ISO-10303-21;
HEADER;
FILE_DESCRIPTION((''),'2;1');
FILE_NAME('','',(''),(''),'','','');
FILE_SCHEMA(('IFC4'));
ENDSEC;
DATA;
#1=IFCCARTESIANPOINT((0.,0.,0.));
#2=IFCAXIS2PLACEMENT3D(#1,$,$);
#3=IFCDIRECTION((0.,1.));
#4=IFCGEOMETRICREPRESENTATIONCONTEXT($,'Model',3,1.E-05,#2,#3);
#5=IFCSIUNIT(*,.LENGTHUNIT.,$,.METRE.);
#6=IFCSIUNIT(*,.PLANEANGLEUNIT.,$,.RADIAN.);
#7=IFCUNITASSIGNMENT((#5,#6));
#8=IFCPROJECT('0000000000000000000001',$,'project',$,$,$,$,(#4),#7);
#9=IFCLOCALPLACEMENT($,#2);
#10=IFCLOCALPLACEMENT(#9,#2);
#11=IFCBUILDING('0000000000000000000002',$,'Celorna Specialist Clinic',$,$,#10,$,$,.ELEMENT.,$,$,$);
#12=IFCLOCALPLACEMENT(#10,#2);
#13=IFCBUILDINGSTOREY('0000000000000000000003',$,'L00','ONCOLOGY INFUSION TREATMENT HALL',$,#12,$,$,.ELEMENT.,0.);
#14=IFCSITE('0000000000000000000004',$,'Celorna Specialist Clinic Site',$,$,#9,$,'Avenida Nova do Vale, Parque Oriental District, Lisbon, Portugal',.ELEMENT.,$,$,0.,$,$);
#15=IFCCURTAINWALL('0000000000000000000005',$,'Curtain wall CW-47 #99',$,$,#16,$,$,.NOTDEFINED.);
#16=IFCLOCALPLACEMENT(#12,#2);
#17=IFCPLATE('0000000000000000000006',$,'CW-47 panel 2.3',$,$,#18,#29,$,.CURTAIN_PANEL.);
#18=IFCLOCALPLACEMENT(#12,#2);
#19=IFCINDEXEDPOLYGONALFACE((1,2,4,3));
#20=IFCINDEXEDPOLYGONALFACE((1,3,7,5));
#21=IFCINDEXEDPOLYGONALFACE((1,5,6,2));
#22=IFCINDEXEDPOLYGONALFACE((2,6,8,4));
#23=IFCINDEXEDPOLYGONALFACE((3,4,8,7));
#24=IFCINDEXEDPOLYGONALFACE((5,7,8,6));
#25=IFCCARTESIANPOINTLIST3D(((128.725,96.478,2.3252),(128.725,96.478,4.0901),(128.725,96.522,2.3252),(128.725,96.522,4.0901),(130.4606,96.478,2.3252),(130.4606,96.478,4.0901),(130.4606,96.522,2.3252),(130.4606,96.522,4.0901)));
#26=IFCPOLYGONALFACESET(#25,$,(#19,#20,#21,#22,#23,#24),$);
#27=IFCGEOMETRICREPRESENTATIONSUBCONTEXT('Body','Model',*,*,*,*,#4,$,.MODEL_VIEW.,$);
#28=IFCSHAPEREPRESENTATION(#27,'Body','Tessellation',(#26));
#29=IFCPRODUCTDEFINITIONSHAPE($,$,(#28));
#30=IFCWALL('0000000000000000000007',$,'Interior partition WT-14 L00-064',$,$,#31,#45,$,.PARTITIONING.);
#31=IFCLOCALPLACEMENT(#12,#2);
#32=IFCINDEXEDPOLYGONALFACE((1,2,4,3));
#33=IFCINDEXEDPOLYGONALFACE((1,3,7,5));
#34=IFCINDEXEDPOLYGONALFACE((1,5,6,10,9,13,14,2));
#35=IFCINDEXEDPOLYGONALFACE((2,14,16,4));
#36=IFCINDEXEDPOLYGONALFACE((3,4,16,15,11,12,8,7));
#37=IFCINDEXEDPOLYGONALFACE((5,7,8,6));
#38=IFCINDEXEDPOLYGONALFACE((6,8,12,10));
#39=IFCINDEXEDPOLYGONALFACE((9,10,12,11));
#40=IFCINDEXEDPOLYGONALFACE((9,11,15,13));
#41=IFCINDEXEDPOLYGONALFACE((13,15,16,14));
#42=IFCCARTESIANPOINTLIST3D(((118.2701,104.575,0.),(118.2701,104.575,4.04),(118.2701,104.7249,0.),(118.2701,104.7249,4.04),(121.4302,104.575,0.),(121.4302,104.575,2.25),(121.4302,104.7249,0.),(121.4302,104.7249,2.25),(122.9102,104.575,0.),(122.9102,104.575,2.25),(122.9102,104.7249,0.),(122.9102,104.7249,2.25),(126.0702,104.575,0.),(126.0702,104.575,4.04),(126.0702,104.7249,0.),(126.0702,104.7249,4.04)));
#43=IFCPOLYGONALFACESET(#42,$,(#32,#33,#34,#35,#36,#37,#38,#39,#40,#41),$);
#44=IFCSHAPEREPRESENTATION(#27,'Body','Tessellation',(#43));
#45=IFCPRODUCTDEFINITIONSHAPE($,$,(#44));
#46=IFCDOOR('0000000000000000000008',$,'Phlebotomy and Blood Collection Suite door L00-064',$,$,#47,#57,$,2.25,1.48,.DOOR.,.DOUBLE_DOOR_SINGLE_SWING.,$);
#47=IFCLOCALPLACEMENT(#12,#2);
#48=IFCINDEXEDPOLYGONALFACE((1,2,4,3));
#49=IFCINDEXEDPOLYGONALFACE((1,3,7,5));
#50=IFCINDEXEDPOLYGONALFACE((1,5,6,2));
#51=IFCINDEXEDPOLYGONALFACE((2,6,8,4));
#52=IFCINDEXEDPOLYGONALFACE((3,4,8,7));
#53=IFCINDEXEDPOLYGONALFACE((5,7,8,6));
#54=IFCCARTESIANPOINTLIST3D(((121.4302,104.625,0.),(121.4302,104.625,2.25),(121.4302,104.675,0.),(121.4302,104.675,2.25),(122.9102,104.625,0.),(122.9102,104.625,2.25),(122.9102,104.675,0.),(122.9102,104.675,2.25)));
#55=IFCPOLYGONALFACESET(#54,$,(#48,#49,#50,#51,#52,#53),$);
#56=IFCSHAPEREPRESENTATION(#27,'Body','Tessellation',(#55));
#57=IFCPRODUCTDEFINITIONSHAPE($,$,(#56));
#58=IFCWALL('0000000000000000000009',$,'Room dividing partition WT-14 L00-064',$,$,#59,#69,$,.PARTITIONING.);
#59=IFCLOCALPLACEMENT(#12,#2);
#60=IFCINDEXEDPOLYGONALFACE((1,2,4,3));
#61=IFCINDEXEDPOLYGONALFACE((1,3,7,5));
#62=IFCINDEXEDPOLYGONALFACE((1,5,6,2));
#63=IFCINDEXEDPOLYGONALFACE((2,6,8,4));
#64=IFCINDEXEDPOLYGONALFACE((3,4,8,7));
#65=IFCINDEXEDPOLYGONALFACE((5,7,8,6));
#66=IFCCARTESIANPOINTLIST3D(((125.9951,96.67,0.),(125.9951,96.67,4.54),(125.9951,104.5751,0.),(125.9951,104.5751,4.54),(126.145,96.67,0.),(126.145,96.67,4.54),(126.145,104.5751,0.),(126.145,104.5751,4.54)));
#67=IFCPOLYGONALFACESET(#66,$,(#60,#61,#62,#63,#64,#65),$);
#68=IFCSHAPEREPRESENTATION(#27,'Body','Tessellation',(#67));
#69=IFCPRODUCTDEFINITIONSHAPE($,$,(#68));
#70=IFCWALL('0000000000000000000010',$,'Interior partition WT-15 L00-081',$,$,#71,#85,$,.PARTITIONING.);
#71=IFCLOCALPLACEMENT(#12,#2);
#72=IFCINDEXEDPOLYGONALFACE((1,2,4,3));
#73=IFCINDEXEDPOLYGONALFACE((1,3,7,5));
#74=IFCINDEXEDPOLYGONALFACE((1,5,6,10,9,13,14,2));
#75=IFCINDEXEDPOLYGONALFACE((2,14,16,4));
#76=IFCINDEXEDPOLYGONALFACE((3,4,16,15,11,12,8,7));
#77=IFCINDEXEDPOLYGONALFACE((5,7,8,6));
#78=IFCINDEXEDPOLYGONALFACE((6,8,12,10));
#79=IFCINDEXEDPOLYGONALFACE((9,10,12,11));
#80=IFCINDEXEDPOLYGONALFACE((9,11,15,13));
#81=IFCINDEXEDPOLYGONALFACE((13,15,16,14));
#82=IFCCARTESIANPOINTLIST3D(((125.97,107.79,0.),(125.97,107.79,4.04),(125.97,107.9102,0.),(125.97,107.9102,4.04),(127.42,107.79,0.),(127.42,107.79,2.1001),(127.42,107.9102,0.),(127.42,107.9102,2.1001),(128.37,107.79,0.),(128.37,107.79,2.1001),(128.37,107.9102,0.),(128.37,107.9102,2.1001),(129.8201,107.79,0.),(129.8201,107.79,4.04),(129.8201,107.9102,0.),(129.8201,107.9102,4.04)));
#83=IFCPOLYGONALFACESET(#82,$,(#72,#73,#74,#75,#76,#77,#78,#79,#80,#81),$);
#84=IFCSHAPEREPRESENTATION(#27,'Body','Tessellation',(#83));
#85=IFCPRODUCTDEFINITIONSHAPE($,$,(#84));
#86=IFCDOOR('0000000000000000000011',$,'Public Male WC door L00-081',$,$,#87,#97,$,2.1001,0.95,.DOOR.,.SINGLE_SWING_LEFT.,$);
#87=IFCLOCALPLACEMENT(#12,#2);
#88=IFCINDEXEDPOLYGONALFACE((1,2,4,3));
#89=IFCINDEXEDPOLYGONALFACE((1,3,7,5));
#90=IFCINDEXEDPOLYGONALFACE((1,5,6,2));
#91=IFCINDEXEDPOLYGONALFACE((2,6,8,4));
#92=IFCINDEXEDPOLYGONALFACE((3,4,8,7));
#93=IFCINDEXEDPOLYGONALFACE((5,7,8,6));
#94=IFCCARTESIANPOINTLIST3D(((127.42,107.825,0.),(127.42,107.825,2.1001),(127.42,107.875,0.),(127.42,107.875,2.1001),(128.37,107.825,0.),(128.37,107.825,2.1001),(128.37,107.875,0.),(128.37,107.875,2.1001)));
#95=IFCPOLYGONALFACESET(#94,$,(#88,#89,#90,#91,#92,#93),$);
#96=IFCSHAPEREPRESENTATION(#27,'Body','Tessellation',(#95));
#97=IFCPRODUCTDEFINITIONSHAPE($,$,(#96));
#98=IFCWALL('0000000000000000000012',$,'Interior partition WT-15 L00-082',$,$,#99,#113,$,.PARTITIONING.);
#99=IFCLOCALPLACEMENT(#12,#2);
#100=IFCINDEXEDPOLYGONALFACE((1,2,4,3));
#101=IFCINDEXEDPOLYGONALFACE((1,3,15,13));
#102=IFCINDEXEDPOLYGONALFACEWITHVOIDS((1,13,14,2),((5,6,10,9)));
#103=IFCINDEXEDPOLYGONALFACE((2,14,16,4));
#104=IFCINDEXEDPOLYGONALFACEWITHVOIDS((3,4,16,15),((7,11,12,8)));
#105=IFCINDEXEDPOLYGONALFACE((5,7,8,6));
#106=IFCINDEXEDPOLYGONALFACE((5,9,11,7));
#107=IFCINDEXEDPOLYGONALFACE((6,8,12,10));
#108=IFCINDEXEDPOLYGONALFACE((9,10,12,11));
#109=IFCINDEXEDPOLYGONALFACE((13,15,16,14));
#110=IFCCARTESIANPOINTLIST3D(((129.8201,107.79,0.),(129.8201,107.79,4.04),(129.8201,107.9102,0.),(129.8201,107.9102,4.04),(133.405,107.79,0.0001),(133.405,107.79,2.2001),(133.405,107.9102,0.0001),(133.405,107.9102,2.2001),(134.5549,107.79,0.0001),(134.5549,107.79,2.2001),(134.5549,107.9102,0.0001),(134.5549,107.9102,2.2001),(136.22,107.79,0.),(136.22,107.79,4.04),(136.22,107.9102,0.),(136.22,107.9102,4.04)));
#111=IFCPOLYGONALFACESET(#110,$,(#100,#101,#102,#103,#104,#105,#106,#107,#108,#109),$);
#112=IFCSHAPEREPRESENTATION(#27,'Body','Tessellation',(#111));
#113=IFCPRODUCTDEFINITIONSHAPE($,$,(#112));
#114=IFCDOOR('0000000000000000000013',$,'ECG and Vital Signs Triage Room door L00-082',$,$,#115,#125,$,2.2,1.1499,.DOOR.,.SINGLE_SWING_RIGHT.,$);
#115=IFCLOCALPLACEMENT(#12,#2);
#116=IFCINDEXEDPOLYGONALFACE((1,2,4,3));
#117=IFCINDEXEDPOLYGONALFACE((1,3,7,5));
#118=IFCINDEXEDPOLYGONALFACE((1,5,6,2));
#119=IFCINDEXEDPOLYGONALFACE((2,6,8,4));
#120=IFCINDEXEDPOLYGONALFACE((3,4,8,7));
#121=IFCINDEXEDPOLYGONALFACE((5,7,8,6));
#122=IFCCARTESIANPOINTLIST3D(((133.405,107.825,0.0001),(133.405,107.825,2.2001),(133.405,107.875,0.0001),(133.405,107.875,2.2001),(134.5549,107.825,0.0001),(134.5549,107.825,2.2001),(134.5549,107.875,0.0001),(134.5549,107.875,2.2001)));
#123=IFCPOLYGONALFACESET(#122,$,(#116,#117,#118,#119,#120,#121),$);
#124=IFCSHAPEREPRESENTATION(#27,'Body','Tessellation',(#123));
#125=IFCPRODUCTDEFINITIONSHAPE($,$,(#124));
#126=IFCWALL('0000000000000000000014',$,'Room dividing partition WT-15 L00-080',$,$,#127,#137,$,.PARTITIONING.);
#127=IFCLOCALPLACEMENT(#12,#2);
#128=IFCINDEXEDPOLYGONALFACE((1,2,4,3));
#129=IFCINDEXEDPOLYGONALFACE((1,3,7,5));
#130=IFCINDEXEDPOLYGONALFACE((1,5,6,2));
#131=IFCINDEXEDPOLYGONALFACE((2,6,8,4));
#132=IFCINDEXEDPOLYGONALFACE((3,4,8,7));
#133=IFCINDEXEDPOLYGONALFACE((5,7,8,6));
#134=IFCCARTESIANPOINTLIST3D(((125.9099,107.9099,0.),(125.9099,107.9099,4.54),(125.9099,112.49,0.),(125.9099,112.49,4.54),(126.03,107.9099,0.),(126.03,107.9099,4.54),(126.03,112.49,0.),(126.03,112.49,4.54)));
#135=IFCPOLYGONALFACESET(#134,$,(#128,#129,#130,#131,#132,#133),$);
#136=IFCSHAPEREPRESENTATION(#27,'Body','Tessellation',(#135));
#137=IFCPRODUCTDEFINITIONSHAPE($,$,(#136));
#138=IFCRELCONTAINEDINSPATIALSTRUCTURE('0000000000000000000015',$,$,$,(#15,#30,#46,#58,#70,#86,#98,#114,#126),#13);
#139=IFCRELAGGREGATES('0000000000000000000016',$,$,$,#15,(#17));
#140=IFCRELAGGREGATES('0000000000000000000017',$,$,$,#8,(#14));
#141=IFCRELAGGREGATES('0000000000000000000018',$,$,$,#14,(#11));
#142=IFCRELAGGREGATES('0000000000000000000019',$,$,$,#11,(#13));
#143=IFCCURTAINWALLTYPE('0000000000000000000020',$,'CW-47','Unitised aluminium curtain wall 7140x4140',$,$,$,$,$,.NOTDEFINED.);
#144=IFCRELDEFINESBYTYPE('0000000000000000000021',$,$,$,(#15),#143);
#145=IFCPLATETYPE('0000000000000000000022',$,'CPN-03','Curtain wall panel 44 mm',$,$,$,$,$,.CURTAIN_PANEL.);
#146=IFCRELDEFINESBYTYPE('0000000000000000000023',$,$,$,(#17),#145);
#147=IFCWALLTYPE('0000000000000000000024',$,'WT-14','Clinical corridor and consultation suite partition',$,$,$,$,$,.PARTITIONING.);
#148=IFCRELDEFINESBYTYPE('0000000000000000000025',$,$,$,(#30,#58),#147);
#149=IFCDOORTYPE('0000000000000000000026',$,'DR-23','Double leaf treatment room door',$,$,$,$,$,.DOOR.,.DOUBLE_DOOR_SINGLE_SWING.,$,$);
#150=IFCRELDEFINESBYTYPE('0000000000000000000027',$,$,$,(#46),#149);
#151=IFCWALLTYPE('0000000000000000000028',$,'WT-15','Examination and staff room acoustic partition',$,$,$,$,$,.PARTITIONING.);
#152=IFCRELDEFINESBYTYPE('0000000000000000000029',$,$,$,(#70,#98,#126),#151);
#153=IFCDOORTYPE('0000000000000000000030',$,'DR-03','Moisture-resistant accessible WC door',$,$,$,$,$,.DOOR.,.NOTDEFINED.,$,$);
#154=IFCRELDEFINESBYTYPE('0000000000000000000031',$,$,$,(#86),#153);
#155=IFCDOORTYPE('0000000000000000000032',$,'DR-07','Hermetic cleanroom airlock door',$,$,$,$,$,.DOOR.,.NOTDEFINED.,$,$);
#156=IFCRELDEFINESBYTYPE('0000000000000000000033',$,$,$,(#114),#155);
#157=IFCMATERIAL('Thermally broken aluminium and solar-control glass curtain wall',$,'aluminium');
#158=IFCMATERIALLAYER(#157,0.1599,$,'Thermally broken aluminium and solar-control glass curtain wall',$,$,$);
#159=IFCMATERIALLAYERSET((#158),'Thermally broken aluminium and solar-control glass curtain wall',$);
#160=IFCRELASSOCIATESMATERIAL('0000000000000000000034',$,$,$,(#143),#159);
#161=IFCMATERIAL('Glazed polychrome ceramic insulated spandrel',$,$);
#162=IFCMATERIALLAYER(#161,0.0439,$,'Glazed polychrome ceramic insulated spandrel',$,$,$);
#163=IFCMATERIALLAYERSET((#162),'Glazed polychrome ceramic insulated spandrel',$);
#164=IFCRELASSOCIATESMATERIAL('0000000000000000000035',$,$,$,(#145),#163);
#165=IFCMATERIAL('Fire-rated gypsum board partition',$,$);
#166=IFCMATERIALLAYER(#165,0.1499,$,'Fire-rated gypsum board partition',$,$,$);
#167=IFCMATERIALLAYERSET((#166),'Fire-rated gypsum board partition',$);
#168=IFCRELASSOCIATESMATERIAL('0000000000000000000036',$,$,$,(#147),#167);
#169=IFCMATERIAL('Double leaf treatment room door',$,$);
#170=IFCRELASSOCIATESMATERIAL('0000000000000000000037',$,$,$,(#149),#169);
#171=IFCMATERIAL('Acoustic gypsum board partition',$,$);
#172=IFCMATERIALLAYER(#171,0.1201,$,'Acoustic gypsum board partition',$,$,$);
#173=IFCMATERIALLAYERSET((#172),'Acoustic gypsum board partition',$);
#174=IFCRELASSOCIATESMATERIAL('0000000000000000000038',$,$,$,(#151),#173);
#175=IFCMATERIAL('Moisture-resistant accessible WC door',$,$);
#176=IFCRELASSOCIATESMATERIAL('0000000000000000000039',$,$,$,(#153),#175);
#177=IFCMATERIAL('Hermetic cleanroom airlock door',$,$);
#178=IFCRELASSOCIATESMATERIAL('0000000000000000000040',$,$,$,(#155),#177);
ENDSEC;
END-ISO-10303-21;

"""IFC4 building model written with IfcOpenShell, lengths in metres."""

from ifc_helpers import new_model, si_unit, direction, frame, frame_2d, origin, origin_2d, place, context, subcontext, project, spatial, rectangle, extrude, material, layer, layer_set, type_object, element, fill, aggregate, save


model = new_model("IFC4")

# Units and contexts
model_context = context("Model", 3, precision=1e-05, world=origin(), true_north=direction((0.0, 1.0)))
body_context = subcontext(model_context, "Body", "Model", "MODEL_VIEW")
ifc_project = project(units=[si_unit("LENGTHUNIT", "METRE"), si_unit("PLANEANGLEUNIT", "RADIAN")], contexts=[model_context])

# Site, building, storey
site_placement = place(None, origin())
site = spatial("IfcSite", under=ifc_project, at=site_placement, Name="Celorna Specialist Clinic Site", LongName="Avenida Nova do Vale, Parque Oriental District, Lisbon, Portugal", CompositionType="ELEMENT", RefElevation=0.0)
building_placement = place(site_placement, origin())
building = spatial("IfcBuilding", under=site, at=building_placement, Name="Celorna Specialist Clinic", CompositionType="ELEMENT")
storey_placement = place(building_placement, origin())
storey = spatial("IfcBuildingStorey", under=building, at=storey_placement, Name="L00", Description="ONCOLOGY INFUSION TREATMENT HALL", CompositionType="ELEMENT", Elevation=0.0)

# Curtain wall, plate
ifc_material_1 = material(Name="Thermally broken aluminium and solar-control glass curtain wall", Category="aluminium")
ifc_layer_1 = layer(ifc_material_1, 0.1599, Name="Thermally broken aluminium and solar-control glass curtain wall")
ifc_layer_set_1 = layer_set([ifc_layer_1], Name="Thermally broken aluminium and solar-control glass curtain wall")
curtain_wall_type = type_object("IfcCurtainWallType", Name="CW-47", Description="Unitised aluminium curtain wall 7140x4140", PredefinedType="NOTDEFINED", material=ifc_layer_set_1)
curtain_wall_placement = place(storey_placement, origin())
curtain_wall = element("IfcCurtainWall", 1, at=curtain_wall_placement, inside=storey, type_object=curtain_wall_type, Name="Curtain wall CW-47 #99", PredefinedType="NOTDEFINED")
ifc_material_2 = material(Name="Glazed polychrome ceramic insulated spandrel")
ifc_layer_2 = layer(ifc_material_2, 0.0439, Name="Glazed polychrome ceramic insulated spandrel")
ifc_layer_set_2 = layer_set([ifc_layer_2], Name="Glazed polychrome ceramic insulated spandrel")
plate_type = type_object("IfcPlateType", Name="CPN-03", Description="Curtain wall panel 44 mm", PredefinedType="CURTAIN_PANEL", material=ifc_layer_set_2)
plate_1_placement = place(storey_placement, frame((129.5928, 96.5, 2.3252), z_axis=(0.0, 0.0, 1.0), x_axis=(-1.0, 0.0, 0.0)))
plate_1 = element("IfcPlate", 2, at=plate_1_placement, type_object=plate_type, Name="CW-47 panel 2.3", PredefinedType="CURTAIN_PANEL", context=body_context, shape_type="SweptSolid", body=[
    extrude(rectangle(XDim=1.7356, YDim=0.0439, at=origin_2d()), origin(), (0.0, 0.0, 1.0), 1.7649),
])
aggregate(curtain_wall, [plate_1])

# Wall, opening, door
ifc_material_3 = material(Name="Fire-rated gypsum board partition")
ifc_layer_3 = layer(ifc_material_3, 0.1499, Name="Fire-rated gypsum board partition")
ifc_layer_set_3 = layer_set([ifc_layer_3], Name="Fire-rated gypsum board partition")
wall_type_1 = type_object("IfcWallType", Name="WT-14", Description="Clinical corridor and consultation suite partition", PredefinedType="PARTITIONING", material=ifc_layer_set_3)
wall_1_placement = place(storey_placement, frame((126.0701, 104.6499, 0.0), z_axis=(0.0, 0.0, 1.0), x_axis=(-1.0, 0.0, 0.0)))
wall_1 = element("IfcWall", 3, at=wall_1_placement, inside=storey, type_object=wall_type_1, Name="Interior partition WT-14 L00-064", PredefinedType="PARTITIONING", context=body_context, shape_type="SweptSolid", body=[
    extrude(rectangle(XDim=7.8, YDim=0.1499, at=frame_2d((3.8999, 0.0))), origin(), (0.0, 0.0, 1.0), 4.04),
])
opening_1_placement = place(wall_1_placement, frame((3.1599, 0.0, 0.0)))
opening_1 = element("IfcOpeningElement", 4, at=opening_1_placement, cuts=wall_1, PredefinedType="OPENING", context=body_context, shape_type="SweptSolid", body=[
    extrude(rectangle(XDim=1.48, YDim=2.25, at=frame_2d((0.74, 1.125))), frame((0.0, 0.085, 0.0), z_axis=(0.0, -1.0, 0.0), x_axis=(1.0, 0.0, 0.0)), (0.0, 0.0, 1.0), 0.1699),
])
ifc_material_4 = material(Name="Double leaf treatment room door")
door_type_1 = type_object("IfcDoorType", Name="DR-23", Description="Double leaf treatment room door", OperationType="DOUBLE_DOOR_SINGLE_SWING", PredefinedType="DOOR", material=ifc_material_4)
door_1_placement = place(opening_1_placement, origin())
door_1 = element("IfcDoor", 5, at=door_1_placement, inside=storey, type_object=door_type_1, Name="Phlebotomy and Blood Collection Suite door L00-064", OperationType="DOUBLE_DOOR_SINGLE_SWING", OverallHeight=2.25, OverallWidth=1.48, PredefinedType="DOOR", context=body_context, shape_type="SweptSolid", body=[
    extrude(rectangle(XDim=1.48, YDim=2.25, at=frame_2d((0.74, 1.125))), frame((0.0, 0.0249, 0.0), z_axis=(0.0, -1.0, 0.0), x_axis=(1.0, 0.0, 0.0)), (0.0, 0.0, 1.0), 0.05),
])
fill(opening_1, door_1)

# Wall
wall_2_placement = place(storey_placement, frame((126.0701, 96.6699, 0.0), z_axis=(0.0, 0.0, 1.0), x_axis=(0.0, 1.0, 0.0)))
element("IfcWall", 6, at=wall_2_placement, inside=storey, type_object=wall_type_1, Name="Room dividing partition WT-14 L00-064", PredefinedType="PARTITIONING", context=body_context, shape_type="SweptSolid", body=[
    extrude(rectangle(XDim=7.905, YDim=0.1499, at=frame_2d((3.9526, 0.0))), origin(), (0.0, 0.0, 1.0), 4.54),
])

# Walls, openings, doors
ifc_material_5 = material(Name="Acoustic gypsum board partition")
ifc_layer_4 = layer(ifc_material_5, 0.1201, Name="Acoustic gypsum board partition")
ifc_layer_set_4 = layer_set([ifc_layer_4], Name="Acoustic gypsum board partition")
wall_type_2 = type_object("IfcWallType", Name="WT-15", Description="Examination and staff room acoustic partition", PredefinedType="PARTITIONING", material=ifc_layer_set_4)
wall_3_placement = place(storey_placement, frame((125.97, 107.8501, 0.0), z_axis=(0.0, 0.0, 1.0), x_axis=(1.0, 0.0, 0.0)))
wall_3 = element("IfcWall", 7, at=wall_3_placement, inside=storey, type_object=wall_type_2, Name="Interior partition WT-15 L00-081", PredefinedType="PARTITIONING", context=body_context, shape_type="SweptSolid", body=[
    extrude(rectangle(XDim=3.8501, YDim=0.1201, at=frame_2d((1.925, 0.0))), origin(), (0.0, 0.0, 1.0), 4.04),
])
opening_2_placement = place(wall_3_placement, frame((1.45, 0.0, 0.0)))
opening_2 = element("IfcOpeningElement", 8, at=opening_2_placement, cuts=wall_3, PredefinedType="OPENING", context=body_context, shape_type="SweptSolid", body=[
    extrude(rectangle(XDim=0.95, YDim=2.1001, at=frame_2d((0.4751, 1.05))), frame((0.0, 0.0701, 0.0), z_axis=(0.0, -1.0, 0.0), x_axis=(1.0, 0.0, 0.0)), (0.0, 0.0, 1.0), 0.1401),
])
ifc_material_6 = material(Name="Moisture-resistant accessible WC door")
door_type_2 = type_object("IfcDoorType", Name="DR-03", Description="Moisture-resistant accessible WC door", OperationType="NOTDEFINED", PredefinedType="DOOR", material=ifc_material_6)
door_2_placement = place(opening_2_placement, origin())
door_2 = element("IfcDoor", 9, at=door_2_placement, inside=storey, type_object=door_type_2, Name="Public Male WC door L00-081", OperationType="SINGLE_SWING_LEFT", OverallHeight=2.1001, OverallWidth=0.95, PredefinedType="DOOR", context=body_context, shape_type="SweptSolid", body=[
    extrude(rectangle(XDim=0.95, YDim=2.1001, at=frame_2d((0.4751, 1.05))), frame((0.0, 0.0249, 0.0), z_axis=(0.0, -1.0, 0.0), x_axis=(1.0, 0.0, 0.0)), (0.0, 0.0, 1.0), 0.05),
])
fill(opening_2, door_2)
wall_4_placement = place(storey_placement, frame((129.8201, 107.8501, 0.0), z_axis=(0.0, 0.0, 1.0), x_axis=(1.0, 0.0, 0.0)))
wall_4 = element("IfcWall", 10, at=wall_4_placement, inside=storey, type_object=wall_type_2, Name="Interior partition WT-15 L00-082", PredefinedType="PARTITIONING", context=body_context, shape_type="SweptSolid", body=[
    extrude(rectangle(XDim=6.3999, YDim=0.1201, at=frame_2d((3.2, 0.0))), origin(), (0.0, 0.0, 1.0), 4.04),
])
opening_3_placement = place(wall_4_placement, frame((3.585, 0.0, 0.0)))
opening_3 = element("IfcOpeningElement", 11, at=opening_3_placement, cuts=wall_4, PredefinedType="OPENING", context=body_context, shape_type="SweptSolid", body=[
    extrude(rectangle(XDim=1.1499, YDim=2.2, at=frame_2d((0.575, 1.1001))), frame((0.0, 0.0701, 0.0), z_axis=(0.0, -1.0, 0.0), x_axis=(1.0, 0.0, 0.0)), (0.0, 0.0, 1.0), 0.1401),
])
ifc_material_7 = material(Name="Hermetic cleanroom airlock door")
door_type_3 = type_object("IfcDoorType", Name="DR-07", Description="Hermetic cleanroom airlock door", OperationType="NOTDEFINED", PredefinedType="DOOR", material=ifc_material_7)
door_3_placement = place(opening_3_placement, origin())
door_3 = element("IfcDoor", 12, at=door_3_placement, inside=storey, type_object=door_type_3, Name="ECG and Vital Signs Triage Room door L00-082", OperationType="SINGLE_SWING_RIGHT", OverallHeight=2.2, OverallWidth=1.1499, PredefinedType="DOOR", context=body_context, shape_type="SweptSolid", body=[
    extrude(rectangle(XDim=1.1499, YDim=2.2, at=frame_2d((0.575, 1.1001))), frame((0.0, 0.0249, 0.0), z_axis=(0.0, -1.0, 0.0), x_axis=(1.0, 0.0, 0.0)), (0.0, 0.0, 1.0), 0.05),
])
fill(opening_3, door_3)

# Wall
wall_5_placement = place(storey_placement, frame((125.97, 107.9099, 0.0), z_axis=(0.0, 0.0, 1.0), x_axis=(0.0, 1.0, 0.0)))
element("IfcWall", 13, at=wall_5_placement, inside=storey, type_object=wall_type_2, Name="Room dividing partition WT-15 L00-080", PredefinedType="PARTITIONING", context=body_context, shape_type="SweptSolid", body=[
    extrude(rectangle(XDim=4.5801, YDim=0.1201, at=frame_2d((2.29, 0.0))), origin(), (0.0, 0.0, 1.0), 4.54),
])

save(model, "model.ifc")
